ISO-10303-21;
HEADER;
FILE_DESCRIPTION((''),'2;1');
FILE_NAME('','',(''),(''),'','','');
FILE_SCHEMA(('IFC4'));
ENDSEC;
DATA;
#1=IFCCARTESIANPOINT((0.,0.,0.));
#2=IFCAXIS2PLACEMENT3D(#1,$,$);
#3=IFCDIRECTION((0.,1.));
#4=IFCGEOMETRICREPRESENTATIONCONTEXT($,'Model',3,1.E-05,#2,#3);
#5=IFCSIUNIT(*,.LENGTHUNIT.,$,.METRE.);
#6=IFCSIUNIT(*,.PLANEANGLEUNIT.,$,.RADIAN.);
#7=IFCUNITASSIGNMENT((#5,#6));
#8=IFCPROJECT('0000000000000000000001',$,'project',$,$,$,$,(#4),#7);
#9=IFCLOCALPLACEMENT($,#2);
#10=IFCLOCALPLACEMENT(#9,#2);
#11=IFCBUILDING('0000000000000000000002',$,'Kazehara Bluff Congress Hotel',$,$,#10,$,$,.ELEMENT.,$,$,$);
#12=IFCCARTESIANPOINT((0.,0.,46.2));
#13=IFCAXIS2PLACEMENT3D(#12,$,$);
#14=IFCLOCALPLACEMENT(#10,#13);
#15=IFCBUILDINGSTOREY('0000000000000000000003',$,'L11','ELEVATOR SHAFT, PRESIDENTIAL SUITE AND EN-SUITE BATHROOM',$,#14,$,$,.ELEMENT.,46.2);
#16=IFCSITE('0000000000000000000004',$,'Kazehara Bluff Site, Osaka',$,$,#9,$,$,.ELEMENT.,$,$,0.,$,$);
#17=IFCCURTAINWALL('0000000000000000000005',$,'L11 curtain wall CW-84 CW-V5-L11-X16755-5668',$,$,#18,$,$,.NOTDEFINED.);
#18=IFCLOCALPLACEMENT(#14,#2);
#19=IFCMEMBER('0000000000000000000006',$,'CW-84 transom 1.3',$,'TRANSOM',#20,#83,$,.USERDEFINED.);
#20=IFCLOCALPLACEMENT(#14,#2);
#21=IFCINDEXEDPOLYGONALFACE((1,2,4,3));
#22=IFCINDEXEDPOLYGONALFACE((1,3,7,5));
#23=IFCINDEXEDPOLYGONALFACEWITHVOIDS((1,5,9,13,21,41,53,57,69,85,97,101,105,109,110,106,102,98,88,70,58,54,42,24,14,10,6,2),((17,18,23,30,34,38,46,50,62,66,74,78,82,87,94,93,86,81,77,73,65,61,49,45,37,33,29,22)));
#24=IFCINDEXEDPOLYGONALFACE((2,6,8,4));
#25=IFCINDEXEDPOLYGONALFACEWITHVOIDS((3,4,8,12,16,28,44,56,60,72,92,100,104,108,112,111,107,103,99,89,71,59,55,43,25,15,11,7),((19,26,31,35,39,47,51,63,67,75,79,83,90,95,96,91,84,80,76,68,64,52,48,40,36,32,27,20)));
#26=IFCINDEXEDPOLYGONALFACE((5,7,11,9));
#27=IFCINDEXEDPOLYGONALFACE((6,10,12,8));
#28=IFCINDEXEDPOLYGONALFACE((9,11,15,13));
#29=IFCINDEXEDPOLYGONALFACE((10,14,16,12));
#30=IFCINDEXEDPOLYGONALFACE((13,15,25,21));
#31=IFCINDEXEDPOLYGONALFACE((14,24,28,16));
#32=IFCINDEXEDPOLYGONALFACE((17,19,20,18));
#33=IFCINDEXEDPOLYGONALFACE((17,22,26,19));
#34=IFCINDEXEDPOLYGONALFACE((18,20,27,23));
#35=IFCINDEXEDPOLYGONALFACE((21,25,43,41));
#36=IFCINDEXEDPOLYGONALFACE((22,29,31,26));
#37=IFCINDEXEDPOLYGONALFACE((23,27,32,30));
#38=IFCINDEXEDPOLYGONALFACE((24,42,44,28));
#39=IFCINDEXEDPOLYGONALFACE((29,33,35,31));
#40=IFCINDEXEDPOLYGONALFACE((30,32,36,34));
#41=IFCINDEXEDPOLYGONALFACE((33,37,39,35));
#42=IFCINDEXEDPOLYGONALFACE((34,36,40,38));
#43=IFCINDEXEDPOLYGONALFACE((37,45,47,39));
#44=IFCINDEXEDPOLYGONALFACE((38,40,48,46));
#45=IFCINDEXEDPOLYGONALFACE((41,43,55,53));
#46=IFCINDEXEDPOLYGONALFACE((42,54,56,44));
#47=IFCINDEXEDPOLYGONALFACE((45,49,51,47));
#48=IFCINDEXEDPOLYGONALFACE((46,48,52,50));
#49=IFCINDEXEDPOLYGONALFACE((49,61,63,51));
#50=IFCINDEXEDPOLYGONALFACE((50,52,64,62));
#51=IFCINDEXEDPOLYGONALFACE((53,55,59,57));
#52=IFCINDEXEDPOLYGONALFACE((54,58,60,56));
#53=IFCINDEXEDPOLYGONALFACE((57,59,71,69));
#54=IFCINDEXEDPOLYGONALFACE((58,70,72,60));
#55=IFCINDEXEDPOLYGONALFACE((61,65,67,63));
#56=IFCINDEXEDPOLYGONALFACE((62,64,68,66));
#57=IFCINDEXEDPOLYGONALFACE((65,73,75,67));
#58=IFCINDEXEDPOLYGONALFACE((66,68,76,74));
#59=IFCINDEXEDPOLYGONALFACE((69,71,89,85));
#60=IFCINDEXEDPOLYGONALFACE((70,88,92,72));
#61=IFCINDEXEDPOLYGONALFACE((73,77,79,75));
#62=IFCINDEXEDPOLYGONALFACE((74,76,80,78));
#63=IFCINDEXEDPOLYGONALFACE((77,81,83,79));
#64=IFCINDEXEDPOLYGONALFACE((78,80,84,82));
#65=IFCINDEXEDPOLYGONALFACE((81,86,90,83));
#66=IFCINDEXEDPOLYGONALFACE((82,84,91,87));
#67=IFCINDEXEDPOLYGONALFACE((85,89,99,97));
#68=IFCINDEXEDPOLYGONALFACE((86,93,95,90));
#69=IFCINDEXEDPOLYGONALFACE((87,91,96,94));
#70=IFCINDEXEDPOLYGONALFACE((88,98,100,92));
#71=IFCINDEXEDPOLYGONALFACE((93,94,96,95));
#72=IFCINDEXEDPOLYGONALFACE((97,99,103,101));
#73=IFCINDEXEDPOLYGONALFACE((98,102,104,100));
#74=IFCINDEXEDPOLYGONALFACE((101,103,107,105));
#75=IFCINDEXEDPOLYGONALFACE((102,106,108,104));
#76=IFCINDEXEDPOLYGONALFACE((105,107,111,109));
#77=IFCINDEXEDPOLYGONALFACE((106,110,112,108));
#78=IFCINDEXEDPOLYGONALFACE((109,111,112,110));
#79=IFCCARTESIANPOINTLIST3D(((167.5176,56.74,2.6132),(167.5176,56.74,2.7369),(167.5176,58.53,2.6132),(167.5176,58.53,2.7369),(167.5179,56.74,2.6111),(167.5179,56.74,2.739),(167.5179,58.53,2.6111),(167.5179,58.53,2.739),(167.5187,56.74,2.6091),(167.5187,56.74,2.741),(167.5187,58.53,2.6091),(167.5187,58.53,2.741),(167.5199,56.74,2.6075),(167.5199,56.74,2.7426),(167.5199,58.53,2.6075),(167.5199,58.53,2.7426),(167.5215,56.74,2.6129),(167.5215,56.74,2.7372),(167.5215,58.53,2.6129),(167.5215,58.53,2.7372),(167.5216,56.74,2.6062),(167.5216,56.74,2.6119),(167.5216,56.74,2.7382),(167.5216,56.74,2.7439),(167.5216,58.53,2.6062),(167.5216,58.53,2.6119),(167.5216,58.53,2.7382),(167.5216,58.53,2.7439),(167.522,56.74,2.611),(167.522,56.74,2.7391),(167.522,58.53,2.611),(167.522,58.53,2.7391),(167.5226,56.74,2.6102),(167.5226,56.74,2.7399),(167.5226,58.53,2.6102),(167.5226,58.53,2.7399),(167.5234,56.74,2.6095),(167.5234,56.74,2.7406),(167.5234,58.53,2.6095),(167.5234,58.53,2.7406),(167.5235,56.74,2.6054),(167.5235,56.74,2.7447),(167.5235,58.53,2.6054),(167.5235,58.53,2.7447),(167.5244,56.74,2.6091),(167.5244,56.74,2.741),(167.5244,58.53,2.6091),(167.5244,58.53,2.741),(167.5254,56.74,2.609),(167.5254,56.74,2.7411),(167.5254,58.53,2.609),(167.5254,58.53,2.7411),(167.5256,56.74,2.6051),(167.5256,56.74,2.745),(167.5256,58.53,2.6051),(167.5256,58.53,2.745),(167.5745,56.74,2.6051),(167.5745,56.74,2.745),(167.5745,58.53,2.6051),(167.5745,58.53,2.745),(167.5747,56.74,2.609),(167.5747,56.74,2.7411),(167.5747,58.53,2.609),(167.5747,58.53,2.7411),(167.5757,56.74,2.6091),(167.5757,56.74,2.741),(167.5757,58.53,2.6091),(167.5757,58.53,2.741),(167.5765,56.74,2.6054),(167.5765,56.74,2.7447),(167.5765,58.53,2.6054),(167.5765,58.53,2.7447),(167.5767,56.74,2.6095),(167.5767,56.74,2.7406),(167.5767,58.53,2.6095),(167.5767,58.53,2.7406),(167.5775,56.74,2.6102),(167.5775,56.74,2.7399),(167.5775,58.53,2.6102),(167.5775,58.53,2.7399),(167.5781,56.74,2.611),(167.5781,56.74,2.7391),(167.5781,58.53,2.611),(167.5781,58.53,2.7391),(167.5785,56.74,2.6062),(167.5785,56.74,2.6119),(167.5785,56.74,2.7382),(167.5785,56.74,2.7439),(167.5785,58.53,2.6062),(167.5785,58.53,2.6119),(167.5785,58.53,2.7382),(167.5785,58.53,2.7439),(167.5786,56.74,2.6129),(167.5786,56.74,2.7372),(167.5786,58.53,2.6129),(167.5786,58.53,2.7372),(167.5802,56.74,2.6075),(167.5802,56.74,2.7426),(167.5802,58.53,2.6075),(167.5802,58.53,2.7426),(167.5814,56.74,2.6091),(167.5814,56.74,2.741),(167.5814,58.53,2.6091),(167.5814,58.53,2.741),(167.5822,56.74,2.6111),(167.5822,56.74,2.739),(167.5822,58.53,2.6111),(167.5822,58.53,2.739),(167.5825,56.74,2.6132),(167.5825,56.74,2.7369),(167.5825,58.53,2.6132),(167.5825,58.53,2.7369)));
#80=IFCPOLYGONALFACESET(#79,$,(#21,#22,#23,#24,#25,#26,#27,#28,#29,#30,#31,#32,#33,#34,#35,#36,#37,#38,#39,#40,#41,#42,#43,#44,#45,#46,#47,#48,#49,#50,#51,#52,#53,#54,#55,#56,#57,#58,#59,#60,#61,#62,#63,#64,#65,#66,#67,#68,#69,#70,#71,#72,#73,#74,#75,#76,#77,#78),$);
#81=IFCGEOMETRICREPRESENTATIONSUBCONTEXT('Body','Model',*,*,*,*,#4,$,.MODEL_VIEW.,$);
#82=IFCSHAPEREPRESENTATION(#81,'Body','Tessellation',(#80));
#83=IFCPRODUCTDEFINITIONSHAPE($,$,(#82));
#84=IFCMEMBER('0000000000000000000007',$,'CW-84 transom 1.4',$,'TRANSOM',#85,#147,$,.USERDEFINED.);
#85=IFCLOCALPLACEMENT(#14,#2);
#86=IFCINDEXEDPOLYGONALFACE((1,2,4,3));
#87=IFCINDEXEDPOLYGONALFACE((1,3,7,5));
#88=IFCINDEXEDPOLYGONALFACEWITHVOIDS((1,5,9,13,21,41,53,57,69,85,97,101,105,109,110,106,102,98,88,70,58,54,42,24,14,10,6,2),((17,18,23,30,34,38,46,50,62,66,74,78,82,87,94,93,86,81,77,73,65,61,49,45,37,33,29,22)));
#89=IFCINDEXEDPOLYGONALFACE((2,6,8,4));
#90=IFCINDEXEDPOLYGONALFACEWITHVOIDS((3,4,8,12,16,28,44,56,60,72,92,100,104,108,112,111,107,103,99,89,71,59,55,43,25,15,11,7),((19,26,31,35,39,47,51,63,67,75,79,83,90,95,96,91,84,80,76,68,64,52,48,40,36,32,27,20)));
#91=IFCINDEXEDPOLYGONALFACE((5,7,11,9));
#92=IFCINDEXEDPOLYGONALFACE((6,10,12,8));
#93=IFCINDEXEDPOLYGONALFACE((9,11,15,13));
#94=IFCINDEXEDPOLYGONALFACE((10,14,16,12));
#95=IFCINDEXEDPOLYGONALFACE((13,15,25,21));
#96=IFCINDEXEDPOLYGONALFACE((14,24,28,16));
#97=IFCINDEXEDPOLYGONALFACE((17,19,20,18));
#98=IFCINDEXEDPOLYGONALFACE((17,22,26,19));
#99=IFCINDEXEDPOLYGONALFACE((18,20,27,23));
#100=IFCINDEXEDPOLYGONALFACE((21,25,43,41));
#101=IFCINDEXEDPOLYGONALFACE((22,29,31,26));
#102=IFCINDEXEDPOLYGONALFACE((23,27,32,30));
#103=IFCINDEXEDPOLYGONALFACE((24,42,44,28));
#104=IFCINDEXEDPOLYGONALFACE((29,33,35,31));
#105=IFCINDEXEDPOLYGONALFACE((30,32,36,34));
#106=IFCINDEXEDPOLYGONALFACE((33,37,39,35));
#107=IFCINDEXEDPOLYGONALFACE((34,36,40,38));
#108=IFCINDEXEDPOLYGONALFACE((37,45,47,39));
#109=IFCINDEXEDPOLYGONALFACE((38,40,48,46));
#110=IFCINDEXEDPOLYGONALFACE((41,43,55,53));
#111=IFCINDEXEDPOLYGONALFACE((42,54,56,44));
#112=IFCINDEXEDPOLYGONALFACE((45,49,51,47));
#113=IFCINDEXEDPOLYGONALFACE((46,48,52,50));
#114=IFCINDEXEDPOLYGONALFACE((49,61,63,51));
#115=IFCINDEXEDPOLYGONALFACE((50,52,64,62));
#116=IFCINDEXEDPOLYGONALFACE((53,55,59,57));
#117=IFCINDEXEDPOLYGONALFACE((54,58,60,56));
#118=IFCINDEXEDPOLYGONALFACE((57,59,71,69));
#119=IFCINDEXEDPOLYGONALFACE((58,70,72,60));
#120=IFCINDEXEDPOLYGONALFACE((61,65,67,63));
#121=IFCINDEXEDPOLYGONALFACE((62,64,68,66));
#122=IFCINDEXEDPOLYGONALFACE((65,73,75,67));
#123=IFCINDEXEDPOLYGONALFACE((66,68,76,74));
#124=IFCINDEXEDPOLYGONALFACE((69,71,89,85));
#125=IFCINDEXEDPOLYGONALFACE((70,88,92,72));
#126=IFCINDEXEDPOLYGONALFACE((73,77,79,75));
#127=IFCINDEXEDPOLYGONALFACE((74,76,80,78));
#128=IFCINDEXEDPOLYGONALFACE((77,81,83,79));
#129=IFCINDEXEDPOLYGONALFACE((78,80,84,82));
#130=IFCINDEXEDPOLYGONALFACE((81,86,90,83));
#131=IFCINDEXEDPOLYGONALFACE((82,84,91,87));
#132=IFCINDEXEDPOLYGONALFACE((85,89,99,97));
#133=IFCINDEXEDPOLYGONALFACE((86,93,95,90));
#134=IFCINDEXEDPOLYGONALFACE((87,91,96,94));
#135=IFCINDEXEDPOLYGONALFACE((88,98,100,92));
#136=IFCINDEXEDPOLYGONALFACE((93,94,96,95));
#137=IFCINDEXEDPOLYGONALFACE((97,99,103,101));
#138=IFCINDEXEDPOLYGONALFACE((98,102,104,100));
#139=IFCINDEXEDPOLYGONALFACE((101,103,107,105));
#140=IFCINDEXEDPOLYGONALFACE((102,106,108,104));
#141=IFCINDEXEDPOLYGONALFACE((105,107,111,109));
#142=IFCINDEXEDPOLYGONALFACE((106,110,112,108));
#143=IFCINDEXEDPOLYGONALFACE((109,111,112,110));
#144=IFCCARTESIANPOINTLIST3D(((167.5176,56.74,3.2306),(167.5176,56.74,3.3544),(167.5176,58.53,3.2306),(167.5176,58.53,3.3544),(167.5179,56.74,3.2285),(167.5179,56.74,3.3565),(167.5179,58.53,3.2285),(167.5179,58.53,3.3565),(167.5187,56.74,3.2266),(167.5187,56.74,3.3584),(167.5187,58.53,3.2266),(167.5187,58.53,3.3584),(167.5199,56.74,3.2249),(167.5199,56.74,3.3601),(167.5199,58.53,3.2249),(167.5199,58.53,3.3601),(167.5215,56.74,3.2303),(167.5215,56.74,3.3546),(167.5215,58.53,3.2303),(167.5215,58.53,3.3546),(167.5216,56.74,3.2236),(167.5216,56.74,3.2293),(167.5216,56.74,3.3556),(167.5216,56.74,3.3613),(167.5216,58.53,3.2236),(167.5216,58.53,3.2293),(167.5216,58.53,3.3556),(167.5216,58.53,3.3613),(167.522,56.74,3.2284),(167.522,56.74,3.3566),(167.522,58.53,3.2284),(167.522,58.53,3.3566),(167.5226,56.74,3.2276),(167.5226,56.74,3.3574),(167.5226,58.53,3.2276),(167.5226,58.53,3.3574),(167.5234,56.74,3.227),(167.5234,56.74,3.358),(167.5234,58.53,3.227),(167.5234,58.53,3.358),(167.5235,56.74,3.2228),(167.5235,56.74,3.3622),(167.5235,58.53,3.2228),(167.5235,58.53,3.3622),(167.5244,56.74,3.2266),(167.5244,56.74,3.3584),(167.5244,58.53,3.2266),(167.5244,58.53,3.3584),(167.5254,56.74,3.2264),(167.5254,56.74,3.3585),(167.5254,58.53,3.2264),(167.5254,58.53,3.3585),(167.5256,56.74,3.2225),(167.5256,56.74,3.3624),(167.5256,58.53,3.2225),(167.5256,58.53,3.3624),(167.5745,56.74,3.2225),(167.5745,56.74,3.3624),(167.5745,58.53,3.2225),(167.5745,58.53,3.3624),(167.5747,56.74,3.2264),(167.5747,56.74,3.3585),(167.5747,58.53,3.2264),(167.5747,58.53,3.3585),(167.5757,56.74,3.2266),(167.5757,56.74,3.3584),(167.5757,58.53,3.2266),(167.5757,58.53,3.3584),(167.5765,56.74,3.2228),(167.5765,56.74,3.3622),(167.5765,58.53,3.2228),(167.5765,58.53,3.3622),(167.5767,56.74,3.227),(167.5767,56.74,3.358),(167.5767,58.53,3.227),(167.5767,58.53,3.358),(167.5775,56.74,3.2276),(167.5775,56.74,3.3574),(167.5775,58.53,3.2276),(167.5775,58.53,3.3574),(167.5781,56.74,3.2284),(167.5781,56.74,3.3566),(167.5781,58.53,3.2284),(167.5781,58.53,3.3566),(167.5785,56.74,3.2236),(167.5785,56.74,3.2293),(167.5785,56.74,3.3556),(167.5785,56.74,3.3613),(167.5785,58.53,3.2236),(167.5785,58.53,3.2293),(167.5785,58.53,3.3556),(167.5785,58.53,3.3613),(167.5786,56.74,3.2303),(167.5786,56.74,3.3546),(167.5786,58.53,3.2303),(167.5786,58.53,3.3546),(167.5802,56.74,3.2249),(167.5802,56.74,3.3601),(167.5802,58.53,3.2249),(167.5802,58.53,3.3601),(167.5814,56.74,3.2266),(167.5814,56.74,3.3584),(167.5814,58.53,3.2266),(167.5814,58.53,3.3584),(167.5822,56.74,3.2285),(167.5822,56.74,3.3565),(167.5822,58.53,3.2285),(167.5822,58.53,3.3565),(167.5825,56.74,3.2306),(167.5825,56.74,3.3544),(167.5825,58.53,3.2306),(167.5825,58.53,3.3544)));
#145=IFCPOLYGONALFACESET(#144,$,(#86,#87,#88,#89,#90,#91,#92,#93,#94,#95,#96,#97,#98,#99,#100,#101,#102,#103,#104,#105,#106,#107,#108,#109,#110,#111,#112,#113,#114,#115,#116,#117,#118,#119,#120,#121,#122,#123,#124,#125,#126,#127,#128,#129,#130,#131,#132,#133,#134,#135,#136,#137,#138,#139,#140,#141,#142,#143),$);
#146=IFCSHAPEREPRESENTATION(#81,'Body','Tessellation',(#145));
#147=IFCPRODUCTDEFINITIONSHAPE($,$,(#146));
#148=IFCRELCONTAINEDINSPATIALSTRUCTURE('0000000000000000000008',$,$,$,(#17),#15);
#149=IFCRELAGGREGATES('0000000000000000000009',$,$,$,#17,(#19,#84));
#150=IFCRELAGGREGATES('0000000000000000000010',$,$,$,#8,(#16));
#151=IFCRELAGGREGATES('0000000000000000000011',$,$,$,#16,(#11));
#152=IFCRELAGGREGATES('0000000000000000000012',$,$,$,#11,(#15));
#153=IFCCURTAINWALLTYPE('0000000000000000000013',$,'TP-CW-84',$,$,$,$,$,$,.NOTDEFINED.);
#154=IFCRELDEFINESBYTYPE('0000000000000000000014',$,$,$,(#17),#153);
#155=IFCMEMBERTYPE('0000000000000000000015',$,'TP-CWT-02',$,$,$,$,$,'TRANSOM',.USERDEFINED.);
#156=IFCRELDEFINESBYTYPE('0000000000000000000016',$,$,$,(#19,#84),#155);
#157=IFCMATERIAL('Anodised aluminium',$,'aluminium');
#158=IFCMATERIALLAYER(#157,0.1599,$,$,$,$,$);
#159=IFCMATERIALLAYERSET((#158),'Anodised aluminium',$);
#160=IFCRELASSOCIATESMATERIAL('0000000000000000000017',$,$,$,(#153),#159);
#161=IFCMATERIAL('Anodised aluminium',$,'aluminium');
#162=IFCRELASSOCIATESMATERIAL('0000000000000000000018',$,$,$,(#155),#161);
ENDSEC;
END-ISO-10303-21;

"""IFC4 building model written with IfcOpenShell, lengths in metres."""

from ifc_helpers import new_model, si_unit, direction, frame, origin, origin_2d, place, context, subcontext, project, spatial, hollow_rectangle, extrude, material, layer, layer_set, material_profile, profile_set, type_object, element, aggregate, save


model = new_model("IFC4")

# Units and contexts
model_context = context("Model", 3, precision=1e-05, world=origin(), true_north=direction((0.0, 1.0)))
body_context = subcontext(model_context, "Body", "Model", "MODEL_VIEW")
ifc_project = project(units=[si_unit("LENGTHUNIT", "METRE"), si_unit("PLANEANGLEUNIT", "RADIAN")], contexts=[model_context])

# Site, building, storey
site_placement = place(None, origin())
site = spatial("IfcSite", under=ifc_project, at=site_placement, Name="Kazehara Bluff Site, Osaka", CompositionType="ELEMENT", RefElevation=0.0)
building_placement = place(site_placement, origin())
building = spatial("IfcBuilding", under=site, at=building_placement, Name="Kazehara Bluff Congress Hotel", CompositionType="ELEMENT")
storey_placement = place(building_placement, frame((0.0, 0.0, 46.2)))
storey = spatial("IfcBuildingStorey", under=building, at=storey_placement, Name="L11", Description="ELEVATOR SHAFT, PRESIDENTIAL SUITE AND EN-SUITE BATHROOM", CompositionType="ELEMENT", Elevation=46.2)

# Curtain wall, members
ifc_material_1 = material(Name="Anodised aluminium", Category="aluminium")
ifc_layer_1 = layer(ifc_material_1, 0.1599)
ifc_layer_set_1 = layer_set([ifc_layer_1], Name="Anodised aluminium")
curtain_wall_type = type_object("IfcCurtainWallType", Name="TP-CW-84", PredefinedType="NOTDEFINED", material=ifc_layer_set_1)
curtain_wall_placement = place(storey_placement, origin())
curtain_wall = element("IfcCurtainWall", 1, at=curtain_wall_placement, inside=storey, type_object=curtain_wall_type, Name="L11 curtain wall CW-84 CW-V5-L11-X16755-5668", PredefinedType="NOTDEFINED")
ifc_material_2 = material(Name="Anodised aluminium", Category="aluminium")
ifc_material_profile_1 = material_profile(ifc_material_2, hollow_rectangle(XDim=0.0649, YDim=0.1399, WallThickness=0.0039, InnerFilletRadius=0.0039, OuterFilletRadius=0.0081, at=origin_2d()))
ifc_profile_set_1 = profile_set([ifc_material_profile_1], Name="Anodised aluminium")
member_type_1 = type_object("IfcMemberType", Name="TP-CWT-02", ElementType="TRANSOM", PredefinedType="USERDEFINED", material=ifc_profile_set_1)
member_1_placement = place(storey_placement, frame((167.55, 56.74, 2.675), z_axis=(0.0, 1.0, 0.0), x_axis=(-1.0, 0.0, 0.0)))
member_1 = element("IfcMember", 2, at=member_1_placement, type_object=member_type_1, Name="CW-84 transom 1.3", ObjectType="TRANSOM", PredefinedType="USERDEFINED", context=body_context, shape_type="SweptSolid", body=[
    extrude(hollow_rectangle(XDim=0.0649, YDim=0.1399, WallThickness=0.0039, InnerFilletRadius=0.0039, OuterFilletRadius=0.0081, at=origin_2d()), origin(), (0.0, 0.0, 1.0), 1.79),
])
member_2_placement = place(storey_placement, frame((167.55, 56.74, 3.2925), z_axis=(0.0, 1.0, 0.0), x_axis=(-1.0, 0.0, 0.0)))
member_2 = element("IfcMember", 3, at=member_2_placement, type_object=member_type_1, Name="CW-84 transom 1.4", ObjectType="TRANSOM", PredefinedType="USERDEFINED", context=body_context, shape_type="SweptSolid", body=[
    extrude(hollow_rectangle(XDim=0.0649, YDim=0.1399, WallThickness=0.0039, InnerFilletRadius=0.0039, OuterFilletRadius=0.0081, at=origin_2d()), origin(), (0.0, 0.0, 1.0), 1.79),
])

aggregate(curtain_wall, [member_1, member_2])

save(model, "model.ifc")
